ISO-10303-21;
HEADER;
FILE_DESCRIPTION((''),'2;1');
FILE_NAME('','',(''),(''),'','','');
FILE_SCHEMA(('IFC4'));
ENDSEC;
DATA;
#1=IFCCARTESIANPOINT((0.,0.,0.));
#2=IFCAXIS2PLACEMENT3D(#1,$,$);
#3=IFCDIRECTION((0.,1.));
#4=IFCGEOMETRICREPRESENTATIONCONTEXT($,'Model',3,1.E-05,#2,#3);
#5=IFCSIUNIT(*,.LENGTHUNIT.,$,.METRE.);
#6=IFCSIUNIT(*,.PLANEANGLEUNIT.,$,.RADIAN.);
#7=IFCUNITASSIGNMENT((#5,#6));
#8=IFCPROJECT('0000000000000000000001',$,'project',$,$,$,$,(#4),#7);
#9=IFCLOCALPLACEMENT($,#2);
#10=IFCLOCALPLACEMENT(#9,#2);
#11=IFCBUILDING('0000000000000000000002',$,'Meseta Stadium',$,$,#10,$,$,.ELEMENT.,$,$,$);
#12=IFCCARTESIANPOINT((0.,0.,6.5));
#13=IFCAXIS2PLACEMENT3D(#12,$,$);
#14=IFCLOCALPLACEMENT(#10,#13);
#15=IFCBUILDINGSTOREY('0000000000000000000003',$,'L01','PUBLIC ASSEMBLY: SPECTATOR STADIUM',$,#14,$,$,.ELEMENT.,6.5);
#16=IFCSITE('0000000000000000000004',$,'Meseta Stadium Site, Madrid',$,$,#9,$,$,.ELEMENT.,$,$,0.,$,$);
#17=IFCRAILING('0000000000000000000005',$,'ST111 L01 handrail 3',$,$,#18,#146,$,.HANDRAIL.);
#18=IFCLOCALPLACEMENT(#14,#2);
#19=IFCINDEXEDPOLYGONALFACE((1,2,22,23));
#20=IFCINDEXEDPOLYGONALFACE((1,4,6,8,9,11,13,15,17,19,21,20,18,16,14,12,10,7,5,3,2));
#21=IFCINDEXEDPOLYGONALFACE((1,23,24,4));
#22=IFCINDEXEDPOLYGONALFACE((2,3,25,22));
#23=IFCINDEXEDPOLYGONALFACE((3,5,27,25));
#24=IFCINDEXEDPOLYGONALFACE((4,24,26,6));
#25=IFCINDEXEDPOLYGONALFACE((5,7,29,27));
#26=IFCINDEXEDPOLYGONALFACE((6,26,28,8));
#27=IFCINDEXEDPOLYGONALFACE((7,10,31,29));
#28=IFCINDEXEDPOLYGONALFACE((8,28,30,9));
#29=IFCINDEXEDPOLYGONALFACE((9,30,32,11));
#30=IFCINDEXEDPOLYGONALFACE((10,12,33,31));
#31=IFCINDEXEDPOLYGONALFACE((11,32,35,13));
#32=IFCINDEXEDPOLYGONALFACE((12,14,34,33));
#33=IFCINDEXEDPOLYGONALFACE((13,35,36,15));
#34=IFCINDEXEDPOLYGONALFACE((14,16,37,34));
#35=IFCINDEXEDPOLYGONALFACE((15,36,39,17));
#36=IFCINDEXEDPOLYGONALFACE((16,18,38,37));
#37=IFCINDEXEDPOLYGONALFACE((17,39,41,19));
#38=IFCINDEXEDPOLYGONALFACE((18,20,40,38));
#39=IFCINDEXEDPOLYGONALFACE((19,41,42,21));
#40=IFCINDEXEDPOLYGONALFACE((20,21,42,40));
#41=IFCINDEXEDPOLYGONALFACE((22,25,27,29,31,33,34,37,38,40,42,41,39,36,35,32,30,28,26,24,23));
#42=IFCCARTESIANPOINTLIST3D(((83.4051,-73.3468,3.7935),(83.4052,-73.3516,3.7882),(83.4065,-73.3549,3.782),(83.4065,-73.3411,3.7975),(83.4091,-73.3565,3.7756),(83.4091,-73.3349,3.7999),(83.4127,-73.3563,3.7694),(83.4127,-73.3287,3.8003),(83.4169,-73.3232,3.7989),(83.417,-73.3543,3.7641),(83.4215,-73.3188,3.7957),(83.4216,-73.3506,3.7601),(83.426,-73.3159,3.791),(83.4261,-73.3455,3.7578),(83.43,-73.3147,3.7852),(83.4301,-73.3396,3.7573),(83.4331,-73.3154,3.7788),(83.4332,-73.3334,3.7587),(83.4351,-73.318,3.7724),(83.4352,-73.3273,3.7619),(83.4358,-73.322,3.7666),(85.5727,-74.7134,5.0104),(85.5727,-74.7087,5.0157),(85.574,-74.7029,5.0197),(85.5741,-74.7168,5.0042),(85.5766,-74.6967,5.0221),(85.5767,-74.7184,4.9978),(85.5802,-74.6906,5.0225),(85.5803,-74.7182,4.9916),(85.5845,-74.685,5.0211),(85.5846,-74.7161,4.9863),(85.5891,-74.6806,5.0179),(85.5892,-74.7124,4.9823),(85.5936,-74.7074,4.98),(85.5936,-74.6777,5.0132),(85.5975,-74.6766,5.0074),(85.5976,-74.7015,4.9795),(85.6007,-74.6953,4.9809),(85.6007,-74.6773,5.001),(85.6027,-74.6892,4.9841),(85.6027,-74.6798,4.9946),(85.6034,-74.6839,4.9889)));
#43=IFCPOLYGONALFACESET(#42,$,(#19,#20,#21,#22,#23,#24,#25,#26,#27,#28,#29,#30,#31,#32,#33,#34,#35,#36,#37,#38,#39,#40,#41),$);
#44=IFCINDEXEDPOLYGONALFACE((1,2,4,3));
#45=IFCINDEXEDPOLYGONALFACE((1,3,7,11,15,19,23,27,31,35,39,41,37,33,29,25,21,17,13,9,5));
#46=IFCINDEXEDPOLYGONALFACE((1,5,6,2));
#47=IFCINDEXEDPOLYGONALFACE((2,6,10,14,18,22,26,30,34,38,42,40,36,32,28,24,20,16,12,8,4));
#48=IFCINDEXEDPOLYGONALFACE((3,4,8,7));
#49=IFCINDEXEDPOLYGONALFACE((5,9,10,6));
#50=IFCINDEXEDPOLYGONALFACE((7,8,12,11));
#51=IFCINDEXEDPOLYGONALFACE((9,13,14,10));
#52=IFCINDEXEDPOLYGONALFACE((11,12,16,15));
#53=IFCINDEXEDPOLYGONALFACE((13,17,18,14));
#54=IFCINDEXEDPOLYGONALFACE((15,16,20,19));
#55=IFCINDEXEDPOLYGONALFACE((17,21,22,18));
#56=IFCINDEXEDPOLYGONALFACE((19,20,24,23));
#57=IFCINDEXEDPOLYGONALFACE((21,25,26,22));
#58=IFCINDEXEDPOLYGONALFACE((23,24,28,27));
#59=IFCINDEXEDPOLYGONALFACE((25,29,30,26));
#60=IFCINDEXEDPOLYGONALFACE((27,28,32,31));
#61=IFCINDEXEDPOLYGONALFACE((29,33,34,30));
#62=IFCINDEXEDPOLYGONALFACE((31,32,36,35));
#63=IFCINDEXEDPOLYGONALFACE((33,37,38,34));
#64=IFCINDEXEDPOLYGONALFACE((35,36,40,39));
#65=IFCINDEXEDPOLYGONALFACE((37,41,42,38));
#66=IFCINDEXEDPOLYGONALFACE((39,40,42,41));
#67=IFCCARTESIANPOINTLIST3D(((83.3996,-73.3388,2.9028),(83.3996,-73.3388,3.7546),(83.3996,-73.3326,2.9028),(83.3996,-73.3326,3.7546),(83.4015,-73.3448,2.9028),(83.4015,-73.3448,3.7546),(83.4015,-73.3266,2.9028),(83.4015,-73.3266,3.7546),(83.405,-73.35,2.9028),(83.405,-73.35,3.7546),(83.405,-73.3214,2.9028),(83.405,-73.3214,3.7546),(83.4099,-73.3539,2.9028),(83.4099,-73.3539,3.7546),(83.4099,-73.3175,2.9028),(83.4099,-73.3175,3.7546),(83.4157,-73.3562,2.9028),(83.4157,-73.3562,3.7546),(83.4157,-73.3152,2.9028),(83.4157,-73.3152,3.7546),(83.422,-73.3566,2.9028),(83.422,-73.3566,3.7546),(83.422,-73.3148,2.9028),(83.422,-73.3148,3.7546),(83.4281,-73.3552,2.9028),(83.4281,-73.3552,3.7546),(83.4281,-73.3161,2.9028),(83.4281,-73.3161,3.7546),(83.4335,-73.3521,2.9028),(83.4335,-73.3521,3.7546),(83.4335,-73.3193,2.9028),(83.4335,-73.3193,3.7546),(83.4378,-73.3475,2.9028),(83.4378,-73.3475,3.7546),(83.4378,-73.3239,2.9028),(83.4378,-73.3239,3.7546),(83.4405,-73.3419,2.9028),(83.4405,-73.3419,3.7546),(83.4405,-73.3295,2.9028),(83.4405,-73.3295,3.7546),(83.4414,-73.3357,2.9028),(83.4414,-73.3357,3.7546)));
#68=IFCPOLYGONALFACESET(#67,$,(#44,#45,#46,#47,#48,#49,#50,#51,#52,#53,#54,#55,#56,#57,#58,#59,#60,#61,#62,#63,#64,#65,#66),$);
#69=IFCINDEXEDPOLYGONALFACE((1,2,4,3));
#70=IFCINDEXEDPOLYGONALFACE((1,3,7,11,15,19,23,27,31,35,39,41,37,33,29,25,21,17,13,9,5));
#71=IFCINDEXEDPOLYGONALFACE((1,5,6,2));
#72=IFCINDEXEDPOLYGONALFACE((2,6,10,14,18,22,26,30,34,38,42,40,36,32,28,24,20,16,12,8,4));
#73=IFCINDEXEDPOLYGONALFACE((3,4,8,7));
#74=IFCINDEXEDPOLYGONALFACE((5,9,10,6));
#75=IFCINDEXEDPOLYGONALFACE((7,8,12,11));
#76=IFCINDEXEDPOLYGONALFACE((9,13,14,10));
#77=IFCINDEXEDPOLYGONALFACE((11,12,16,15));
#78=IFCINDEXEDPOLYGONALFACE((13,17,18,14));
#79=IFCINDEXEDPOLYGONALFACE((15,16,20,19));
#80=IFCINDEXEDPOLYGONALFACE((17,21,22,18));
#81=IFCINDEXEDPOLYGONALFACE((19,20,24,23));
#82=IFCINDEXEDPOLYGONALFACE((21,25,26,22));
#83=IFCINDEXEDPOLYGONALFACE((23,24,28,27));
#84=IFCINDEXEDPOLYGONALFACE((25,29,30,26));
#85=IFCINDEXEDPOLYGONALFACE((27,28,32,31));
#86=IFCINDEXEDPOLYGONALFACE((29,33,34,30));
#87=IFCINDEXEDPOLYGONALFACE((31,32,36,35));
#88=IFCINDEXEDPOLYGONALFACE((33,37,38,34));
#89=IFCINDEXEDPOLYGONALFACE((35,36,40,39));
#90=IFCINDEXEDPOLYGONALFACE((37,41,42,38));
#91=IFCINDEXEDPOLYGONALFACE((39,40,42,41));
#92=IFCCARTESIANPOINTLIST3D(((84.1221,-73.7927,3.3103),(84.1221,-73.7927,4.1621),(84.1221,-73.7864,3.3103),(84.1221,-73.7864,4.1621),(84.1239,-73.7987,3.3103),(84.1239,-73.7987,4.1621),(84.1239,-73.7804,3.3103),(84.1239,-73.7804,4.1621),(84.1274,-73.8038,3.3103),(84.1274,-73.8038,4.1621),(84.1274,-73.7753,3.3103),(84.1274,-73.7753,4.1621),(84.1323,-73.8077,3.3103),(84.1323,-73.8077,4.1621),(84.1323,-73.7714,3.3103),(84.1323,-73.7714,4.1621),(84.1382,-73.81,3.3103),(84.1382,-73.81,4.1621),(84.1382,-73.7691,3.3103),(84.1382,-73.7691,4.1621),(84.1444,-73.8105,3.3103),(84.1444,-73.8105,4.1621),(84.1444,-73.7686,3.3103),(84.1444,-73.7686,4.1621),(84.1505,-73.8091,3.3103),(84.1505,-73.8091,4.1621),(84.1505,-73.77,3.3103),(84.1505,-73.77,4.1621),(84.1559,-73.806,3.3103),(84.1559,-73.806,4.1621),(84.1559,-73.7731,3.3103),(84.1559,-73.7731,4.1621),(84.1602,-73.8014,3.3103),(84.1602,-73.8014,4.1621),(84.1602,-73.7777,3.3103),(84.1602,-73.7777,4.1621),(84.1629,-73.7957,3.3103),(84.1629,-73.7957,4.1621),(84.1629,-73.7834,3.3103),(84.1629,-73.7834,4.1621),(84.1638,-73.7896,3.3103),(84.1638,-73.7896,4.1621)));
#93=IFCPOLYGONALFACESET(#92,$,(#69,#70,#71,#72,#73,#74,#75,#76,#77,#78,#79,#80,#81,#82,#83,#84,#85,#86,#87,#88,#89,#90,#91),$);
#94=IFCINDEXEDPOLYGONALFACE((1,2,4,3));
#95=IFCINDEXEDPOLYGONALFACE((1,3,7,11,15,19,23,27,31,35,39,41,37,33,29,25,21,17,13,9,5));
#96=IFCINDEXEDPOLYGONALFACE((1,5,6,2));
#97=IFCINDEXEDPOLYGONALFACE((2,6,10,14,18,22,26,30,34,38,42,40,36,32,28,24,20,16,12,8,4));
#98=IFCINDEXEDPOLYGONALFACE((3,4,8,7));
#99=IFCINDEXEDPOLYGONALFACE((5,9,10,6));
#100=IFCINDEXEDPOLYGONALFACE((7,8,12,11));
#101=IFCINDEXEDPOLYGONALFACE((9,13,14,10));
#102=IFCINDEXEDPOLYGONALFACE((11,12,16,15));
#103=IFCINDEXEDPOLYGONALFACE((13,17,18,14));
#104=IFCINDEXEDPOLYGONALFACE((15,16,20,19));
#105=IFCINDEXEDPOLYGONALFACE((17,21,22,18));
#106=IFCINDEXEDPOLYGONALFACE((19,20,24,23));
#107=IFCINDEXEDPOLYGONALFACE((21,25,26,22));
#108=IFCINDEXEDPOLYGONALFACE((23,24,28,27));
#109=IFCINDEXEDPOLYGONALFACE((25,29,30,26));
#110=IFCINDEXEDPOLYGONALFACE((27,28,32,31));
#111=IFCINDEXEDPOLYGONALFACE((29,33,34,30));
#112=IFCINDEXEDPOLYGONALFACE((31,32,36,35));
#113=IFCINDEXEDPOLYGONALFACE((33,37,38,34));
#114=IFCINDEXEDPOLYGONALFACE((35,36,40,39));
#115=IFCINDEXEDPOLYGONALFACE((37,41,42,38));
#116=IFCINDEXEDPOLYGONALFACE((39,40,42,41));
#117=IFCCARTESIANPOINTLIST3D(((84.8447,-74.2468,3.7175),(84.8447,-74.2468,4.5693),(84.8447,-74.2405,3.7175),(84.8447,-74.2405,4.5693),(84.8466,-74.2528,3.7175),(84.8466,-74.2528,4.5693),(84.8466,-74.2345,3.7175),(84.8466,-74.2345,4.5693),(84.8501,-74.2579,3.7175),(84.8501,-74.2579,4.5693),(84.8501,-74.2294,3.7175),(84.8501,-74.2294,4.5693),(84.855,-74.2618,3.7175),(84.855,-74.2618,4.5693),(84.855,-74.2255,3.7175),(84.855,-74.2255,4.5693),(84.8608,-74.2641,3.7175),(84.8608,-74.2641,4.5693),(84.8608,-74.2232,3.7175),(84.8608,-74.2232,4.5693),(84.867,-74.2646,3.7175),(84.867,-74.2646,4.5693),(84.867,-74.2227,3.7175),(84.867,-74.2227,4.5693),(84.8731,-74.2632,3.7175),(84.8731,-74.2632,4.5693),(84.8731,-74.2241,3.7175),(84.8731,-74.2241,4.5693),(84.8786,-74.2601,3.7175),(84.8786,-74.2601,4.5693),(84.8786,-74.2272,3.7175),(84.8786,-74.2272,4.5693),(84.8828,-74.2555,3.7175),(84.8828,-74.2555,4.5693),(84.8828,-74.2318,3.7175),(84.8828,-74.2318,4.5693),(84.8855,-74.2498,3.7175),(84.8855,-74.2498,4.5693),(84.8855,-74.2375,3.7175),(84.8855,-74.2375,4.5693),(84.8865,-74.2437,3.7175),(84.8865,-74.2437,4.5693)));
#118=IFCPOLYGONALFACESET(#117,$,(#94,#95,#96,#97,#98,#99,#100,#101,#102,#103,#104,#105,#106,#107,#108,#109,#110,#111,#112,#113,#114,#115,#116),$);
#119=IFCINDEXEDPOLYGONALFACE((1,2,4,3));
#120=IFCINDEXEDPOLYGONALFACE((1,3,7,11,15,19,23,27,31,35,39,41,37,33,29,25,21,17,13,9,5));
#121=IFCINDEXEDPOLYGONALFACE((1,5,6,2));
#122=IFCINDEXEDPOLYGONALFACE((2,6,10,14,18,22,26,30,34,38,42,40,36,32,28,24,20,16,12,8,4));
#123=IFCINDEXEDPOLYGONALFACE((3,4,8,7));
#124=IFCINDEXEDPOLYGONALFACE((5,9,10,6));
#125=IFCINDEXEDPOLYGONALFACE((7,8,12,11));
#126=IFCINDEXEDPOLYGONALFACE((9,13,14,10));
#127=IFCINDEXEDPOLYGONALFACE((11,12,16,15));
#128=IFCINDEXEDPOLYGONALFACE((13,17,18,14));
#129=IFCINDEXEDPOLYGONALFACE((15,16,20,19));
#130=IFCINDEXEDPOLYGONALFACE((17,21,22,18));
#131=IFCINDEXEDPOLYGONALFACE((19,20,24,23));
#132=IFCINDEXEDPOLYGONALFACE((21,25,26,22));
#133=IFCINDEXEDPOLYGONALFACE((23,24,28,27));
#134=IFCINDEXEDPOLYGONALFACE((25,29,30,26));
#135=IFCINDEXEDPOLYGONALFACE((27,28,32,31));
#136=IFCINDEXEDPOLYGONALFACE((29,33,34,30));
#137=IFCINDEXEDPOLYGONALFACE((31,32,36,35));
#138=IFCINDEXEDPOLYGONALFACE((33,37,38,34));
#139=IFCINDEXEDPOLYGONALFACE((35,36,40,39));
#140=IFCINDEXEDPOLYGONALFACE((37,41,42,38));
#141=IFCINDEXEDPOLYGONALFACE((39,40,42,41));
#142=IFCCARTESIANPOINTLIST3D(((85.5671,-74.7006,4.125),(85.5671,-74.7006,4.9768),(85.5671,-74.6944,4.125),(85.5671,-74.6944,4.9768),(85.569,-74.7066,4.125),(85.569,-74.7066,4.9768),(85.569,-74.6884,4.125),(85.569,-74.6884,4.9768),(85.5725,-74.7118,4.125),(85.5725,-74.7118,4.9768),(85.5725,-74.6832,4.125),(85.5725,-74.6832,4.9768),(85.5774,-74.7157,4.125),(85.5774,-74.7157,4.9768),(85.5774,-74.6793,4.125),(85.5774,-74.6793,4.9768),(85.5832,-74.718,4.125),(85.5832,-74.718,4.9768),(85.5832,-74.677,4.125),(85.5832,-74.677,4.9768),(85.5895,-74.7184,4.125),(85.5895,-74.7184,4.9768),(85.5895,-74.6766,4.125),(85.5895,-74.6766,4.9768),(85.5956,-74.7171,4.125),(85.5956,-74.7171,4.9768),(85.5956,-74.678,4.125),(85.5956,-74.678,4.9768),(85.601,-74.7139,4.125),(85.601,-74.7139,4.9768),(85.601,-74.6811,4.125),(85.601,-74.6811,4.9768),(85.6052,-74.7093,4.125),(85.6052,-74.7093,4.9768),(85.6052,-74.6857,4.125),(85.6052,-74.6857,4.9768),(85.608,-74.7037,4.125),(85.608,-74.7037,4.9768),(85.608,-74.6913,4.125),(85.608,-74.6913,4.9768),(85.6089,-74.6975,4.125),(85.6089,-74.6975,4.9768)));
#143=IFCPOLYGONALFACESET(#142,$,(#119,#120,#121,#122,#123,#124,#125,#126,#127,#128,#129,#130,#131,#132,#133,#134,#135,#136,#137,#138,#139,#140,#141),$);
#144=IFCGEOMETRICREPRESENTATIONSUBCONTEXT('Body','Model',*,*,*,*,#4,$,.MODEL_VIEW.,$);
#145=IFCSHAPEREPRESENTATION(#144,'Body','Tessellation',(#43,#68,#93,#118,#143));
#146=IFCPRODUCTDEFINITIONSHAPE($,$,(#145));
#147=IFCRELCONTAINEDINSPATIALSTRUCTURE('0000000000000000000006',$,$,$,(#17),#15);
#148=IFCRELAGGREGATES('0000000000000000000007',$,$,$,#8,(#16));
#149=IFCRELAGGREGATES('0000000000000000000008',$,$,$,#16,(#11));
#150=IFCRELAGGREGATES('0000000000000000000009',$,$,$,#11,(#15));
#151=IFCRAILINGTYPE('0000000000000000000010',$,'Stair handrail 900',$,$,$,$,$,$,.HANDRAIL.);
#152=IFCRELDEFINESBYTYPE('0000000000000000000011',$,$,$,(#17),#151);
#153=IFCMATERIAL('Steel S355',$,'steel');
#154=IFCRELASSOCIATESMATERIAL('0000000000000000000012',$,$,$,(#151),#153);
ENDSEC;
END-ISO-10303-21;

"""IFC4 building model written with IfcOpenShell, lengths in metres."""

from ifc_helpers import new_model, si_unit, direction, frame, origin, origin_2d, place, context, subcontext, project, spatial, circle, extrude, material, type_object, element, save


model = new_model("IFC4")

# Units and contexts
model_context = context("Model", 3, precision=1e-05, world=origin(), true_north=direction((0.0, 1.0)))
body_context = subcontext(model_context, "Body", "Model", "MODEL_VIEW")
ifc_project = project(units=[si_unit("LENGTHUNIT", "METRE"), si_unit("PLANEANGLEUNIT", "RADIAN")], contexts=[model_context])

# Site, building, storey
site_placement = place(None, origin())
site = spatial("IfcSite", under=ifc_project, at=site_placement, Name="Meseta Stadium Site, Madrid", CompositionType="ELEMENT", RefElevation=0.0)
building_placement = place(site_placement, origin())
building = spatial("IfcBuilding", under=site, at=building_placement, Name="Meseta Stadium", CompositionType="ELEMENT")
storey_placement = place(building_placement, frame((0.0, 0.0, 6.5)))
storey = spatial("IfcBuildingStorey", under=building, at=storey_placement, Name="L01", Description="PUBLIC ASSEMBLY: SPECTATOR STADIUM", CompositionType="ELEMENT", Elevation=6.5)

# Railing
ifc_material_1 = material(Name="Steel S355", Category="steel")
railing_type_1 = type_object("IfcRailingType", Name="Stair handrail 900", PredefinedType="HANDRAIL", material=ifc_material_1)
for number, where, name in (
    (1, (83.4204, -73.3357, 2.9028), "ST111 L01 handrail 3"),
):
    element("IfcRailing", number, at=place(storey_placement, frame(where)), inside=storey, type_object=railing_type_1, Name=name, PredefinedType="HANDRAIL", context=body_context, shape_type="SweptSolid", body=[
        extrude(circle(Radius=0.0239, at=origin_2d()), frame((0.0, 0.0, 0.876), z_axis=(0.764116, -0.48009, 0.430859), x_axis=(0.532004, 0.846742, 0.0)), (0.0, 0.0, 1.0), 2.8367),
        extrude(circle(Radius=0.021, at=origin_2d()), origin(), (0.0, 0.0, 1.0), 0.8518),
        extrude(circle(Radius=0.021, at=origin_2d()), frame((0.7224, -0.4539, 0.4075)), (0.0, 0.0, 1.0), 0.8518),
        extrude(circle(Radius=0.021, at=origin_2d()), frame((1.4451, -0.908, 0.8147)), (0.0, 0.0, 1.0), 0.8518),
        extrude(circle(Radius=0.021, at=origin_2d()), frame((2.1675, -1.3618, 1.2222)), (0.0, 0.0, 1.0), 0.8518),
    ])

save(model, "model.ifc")
